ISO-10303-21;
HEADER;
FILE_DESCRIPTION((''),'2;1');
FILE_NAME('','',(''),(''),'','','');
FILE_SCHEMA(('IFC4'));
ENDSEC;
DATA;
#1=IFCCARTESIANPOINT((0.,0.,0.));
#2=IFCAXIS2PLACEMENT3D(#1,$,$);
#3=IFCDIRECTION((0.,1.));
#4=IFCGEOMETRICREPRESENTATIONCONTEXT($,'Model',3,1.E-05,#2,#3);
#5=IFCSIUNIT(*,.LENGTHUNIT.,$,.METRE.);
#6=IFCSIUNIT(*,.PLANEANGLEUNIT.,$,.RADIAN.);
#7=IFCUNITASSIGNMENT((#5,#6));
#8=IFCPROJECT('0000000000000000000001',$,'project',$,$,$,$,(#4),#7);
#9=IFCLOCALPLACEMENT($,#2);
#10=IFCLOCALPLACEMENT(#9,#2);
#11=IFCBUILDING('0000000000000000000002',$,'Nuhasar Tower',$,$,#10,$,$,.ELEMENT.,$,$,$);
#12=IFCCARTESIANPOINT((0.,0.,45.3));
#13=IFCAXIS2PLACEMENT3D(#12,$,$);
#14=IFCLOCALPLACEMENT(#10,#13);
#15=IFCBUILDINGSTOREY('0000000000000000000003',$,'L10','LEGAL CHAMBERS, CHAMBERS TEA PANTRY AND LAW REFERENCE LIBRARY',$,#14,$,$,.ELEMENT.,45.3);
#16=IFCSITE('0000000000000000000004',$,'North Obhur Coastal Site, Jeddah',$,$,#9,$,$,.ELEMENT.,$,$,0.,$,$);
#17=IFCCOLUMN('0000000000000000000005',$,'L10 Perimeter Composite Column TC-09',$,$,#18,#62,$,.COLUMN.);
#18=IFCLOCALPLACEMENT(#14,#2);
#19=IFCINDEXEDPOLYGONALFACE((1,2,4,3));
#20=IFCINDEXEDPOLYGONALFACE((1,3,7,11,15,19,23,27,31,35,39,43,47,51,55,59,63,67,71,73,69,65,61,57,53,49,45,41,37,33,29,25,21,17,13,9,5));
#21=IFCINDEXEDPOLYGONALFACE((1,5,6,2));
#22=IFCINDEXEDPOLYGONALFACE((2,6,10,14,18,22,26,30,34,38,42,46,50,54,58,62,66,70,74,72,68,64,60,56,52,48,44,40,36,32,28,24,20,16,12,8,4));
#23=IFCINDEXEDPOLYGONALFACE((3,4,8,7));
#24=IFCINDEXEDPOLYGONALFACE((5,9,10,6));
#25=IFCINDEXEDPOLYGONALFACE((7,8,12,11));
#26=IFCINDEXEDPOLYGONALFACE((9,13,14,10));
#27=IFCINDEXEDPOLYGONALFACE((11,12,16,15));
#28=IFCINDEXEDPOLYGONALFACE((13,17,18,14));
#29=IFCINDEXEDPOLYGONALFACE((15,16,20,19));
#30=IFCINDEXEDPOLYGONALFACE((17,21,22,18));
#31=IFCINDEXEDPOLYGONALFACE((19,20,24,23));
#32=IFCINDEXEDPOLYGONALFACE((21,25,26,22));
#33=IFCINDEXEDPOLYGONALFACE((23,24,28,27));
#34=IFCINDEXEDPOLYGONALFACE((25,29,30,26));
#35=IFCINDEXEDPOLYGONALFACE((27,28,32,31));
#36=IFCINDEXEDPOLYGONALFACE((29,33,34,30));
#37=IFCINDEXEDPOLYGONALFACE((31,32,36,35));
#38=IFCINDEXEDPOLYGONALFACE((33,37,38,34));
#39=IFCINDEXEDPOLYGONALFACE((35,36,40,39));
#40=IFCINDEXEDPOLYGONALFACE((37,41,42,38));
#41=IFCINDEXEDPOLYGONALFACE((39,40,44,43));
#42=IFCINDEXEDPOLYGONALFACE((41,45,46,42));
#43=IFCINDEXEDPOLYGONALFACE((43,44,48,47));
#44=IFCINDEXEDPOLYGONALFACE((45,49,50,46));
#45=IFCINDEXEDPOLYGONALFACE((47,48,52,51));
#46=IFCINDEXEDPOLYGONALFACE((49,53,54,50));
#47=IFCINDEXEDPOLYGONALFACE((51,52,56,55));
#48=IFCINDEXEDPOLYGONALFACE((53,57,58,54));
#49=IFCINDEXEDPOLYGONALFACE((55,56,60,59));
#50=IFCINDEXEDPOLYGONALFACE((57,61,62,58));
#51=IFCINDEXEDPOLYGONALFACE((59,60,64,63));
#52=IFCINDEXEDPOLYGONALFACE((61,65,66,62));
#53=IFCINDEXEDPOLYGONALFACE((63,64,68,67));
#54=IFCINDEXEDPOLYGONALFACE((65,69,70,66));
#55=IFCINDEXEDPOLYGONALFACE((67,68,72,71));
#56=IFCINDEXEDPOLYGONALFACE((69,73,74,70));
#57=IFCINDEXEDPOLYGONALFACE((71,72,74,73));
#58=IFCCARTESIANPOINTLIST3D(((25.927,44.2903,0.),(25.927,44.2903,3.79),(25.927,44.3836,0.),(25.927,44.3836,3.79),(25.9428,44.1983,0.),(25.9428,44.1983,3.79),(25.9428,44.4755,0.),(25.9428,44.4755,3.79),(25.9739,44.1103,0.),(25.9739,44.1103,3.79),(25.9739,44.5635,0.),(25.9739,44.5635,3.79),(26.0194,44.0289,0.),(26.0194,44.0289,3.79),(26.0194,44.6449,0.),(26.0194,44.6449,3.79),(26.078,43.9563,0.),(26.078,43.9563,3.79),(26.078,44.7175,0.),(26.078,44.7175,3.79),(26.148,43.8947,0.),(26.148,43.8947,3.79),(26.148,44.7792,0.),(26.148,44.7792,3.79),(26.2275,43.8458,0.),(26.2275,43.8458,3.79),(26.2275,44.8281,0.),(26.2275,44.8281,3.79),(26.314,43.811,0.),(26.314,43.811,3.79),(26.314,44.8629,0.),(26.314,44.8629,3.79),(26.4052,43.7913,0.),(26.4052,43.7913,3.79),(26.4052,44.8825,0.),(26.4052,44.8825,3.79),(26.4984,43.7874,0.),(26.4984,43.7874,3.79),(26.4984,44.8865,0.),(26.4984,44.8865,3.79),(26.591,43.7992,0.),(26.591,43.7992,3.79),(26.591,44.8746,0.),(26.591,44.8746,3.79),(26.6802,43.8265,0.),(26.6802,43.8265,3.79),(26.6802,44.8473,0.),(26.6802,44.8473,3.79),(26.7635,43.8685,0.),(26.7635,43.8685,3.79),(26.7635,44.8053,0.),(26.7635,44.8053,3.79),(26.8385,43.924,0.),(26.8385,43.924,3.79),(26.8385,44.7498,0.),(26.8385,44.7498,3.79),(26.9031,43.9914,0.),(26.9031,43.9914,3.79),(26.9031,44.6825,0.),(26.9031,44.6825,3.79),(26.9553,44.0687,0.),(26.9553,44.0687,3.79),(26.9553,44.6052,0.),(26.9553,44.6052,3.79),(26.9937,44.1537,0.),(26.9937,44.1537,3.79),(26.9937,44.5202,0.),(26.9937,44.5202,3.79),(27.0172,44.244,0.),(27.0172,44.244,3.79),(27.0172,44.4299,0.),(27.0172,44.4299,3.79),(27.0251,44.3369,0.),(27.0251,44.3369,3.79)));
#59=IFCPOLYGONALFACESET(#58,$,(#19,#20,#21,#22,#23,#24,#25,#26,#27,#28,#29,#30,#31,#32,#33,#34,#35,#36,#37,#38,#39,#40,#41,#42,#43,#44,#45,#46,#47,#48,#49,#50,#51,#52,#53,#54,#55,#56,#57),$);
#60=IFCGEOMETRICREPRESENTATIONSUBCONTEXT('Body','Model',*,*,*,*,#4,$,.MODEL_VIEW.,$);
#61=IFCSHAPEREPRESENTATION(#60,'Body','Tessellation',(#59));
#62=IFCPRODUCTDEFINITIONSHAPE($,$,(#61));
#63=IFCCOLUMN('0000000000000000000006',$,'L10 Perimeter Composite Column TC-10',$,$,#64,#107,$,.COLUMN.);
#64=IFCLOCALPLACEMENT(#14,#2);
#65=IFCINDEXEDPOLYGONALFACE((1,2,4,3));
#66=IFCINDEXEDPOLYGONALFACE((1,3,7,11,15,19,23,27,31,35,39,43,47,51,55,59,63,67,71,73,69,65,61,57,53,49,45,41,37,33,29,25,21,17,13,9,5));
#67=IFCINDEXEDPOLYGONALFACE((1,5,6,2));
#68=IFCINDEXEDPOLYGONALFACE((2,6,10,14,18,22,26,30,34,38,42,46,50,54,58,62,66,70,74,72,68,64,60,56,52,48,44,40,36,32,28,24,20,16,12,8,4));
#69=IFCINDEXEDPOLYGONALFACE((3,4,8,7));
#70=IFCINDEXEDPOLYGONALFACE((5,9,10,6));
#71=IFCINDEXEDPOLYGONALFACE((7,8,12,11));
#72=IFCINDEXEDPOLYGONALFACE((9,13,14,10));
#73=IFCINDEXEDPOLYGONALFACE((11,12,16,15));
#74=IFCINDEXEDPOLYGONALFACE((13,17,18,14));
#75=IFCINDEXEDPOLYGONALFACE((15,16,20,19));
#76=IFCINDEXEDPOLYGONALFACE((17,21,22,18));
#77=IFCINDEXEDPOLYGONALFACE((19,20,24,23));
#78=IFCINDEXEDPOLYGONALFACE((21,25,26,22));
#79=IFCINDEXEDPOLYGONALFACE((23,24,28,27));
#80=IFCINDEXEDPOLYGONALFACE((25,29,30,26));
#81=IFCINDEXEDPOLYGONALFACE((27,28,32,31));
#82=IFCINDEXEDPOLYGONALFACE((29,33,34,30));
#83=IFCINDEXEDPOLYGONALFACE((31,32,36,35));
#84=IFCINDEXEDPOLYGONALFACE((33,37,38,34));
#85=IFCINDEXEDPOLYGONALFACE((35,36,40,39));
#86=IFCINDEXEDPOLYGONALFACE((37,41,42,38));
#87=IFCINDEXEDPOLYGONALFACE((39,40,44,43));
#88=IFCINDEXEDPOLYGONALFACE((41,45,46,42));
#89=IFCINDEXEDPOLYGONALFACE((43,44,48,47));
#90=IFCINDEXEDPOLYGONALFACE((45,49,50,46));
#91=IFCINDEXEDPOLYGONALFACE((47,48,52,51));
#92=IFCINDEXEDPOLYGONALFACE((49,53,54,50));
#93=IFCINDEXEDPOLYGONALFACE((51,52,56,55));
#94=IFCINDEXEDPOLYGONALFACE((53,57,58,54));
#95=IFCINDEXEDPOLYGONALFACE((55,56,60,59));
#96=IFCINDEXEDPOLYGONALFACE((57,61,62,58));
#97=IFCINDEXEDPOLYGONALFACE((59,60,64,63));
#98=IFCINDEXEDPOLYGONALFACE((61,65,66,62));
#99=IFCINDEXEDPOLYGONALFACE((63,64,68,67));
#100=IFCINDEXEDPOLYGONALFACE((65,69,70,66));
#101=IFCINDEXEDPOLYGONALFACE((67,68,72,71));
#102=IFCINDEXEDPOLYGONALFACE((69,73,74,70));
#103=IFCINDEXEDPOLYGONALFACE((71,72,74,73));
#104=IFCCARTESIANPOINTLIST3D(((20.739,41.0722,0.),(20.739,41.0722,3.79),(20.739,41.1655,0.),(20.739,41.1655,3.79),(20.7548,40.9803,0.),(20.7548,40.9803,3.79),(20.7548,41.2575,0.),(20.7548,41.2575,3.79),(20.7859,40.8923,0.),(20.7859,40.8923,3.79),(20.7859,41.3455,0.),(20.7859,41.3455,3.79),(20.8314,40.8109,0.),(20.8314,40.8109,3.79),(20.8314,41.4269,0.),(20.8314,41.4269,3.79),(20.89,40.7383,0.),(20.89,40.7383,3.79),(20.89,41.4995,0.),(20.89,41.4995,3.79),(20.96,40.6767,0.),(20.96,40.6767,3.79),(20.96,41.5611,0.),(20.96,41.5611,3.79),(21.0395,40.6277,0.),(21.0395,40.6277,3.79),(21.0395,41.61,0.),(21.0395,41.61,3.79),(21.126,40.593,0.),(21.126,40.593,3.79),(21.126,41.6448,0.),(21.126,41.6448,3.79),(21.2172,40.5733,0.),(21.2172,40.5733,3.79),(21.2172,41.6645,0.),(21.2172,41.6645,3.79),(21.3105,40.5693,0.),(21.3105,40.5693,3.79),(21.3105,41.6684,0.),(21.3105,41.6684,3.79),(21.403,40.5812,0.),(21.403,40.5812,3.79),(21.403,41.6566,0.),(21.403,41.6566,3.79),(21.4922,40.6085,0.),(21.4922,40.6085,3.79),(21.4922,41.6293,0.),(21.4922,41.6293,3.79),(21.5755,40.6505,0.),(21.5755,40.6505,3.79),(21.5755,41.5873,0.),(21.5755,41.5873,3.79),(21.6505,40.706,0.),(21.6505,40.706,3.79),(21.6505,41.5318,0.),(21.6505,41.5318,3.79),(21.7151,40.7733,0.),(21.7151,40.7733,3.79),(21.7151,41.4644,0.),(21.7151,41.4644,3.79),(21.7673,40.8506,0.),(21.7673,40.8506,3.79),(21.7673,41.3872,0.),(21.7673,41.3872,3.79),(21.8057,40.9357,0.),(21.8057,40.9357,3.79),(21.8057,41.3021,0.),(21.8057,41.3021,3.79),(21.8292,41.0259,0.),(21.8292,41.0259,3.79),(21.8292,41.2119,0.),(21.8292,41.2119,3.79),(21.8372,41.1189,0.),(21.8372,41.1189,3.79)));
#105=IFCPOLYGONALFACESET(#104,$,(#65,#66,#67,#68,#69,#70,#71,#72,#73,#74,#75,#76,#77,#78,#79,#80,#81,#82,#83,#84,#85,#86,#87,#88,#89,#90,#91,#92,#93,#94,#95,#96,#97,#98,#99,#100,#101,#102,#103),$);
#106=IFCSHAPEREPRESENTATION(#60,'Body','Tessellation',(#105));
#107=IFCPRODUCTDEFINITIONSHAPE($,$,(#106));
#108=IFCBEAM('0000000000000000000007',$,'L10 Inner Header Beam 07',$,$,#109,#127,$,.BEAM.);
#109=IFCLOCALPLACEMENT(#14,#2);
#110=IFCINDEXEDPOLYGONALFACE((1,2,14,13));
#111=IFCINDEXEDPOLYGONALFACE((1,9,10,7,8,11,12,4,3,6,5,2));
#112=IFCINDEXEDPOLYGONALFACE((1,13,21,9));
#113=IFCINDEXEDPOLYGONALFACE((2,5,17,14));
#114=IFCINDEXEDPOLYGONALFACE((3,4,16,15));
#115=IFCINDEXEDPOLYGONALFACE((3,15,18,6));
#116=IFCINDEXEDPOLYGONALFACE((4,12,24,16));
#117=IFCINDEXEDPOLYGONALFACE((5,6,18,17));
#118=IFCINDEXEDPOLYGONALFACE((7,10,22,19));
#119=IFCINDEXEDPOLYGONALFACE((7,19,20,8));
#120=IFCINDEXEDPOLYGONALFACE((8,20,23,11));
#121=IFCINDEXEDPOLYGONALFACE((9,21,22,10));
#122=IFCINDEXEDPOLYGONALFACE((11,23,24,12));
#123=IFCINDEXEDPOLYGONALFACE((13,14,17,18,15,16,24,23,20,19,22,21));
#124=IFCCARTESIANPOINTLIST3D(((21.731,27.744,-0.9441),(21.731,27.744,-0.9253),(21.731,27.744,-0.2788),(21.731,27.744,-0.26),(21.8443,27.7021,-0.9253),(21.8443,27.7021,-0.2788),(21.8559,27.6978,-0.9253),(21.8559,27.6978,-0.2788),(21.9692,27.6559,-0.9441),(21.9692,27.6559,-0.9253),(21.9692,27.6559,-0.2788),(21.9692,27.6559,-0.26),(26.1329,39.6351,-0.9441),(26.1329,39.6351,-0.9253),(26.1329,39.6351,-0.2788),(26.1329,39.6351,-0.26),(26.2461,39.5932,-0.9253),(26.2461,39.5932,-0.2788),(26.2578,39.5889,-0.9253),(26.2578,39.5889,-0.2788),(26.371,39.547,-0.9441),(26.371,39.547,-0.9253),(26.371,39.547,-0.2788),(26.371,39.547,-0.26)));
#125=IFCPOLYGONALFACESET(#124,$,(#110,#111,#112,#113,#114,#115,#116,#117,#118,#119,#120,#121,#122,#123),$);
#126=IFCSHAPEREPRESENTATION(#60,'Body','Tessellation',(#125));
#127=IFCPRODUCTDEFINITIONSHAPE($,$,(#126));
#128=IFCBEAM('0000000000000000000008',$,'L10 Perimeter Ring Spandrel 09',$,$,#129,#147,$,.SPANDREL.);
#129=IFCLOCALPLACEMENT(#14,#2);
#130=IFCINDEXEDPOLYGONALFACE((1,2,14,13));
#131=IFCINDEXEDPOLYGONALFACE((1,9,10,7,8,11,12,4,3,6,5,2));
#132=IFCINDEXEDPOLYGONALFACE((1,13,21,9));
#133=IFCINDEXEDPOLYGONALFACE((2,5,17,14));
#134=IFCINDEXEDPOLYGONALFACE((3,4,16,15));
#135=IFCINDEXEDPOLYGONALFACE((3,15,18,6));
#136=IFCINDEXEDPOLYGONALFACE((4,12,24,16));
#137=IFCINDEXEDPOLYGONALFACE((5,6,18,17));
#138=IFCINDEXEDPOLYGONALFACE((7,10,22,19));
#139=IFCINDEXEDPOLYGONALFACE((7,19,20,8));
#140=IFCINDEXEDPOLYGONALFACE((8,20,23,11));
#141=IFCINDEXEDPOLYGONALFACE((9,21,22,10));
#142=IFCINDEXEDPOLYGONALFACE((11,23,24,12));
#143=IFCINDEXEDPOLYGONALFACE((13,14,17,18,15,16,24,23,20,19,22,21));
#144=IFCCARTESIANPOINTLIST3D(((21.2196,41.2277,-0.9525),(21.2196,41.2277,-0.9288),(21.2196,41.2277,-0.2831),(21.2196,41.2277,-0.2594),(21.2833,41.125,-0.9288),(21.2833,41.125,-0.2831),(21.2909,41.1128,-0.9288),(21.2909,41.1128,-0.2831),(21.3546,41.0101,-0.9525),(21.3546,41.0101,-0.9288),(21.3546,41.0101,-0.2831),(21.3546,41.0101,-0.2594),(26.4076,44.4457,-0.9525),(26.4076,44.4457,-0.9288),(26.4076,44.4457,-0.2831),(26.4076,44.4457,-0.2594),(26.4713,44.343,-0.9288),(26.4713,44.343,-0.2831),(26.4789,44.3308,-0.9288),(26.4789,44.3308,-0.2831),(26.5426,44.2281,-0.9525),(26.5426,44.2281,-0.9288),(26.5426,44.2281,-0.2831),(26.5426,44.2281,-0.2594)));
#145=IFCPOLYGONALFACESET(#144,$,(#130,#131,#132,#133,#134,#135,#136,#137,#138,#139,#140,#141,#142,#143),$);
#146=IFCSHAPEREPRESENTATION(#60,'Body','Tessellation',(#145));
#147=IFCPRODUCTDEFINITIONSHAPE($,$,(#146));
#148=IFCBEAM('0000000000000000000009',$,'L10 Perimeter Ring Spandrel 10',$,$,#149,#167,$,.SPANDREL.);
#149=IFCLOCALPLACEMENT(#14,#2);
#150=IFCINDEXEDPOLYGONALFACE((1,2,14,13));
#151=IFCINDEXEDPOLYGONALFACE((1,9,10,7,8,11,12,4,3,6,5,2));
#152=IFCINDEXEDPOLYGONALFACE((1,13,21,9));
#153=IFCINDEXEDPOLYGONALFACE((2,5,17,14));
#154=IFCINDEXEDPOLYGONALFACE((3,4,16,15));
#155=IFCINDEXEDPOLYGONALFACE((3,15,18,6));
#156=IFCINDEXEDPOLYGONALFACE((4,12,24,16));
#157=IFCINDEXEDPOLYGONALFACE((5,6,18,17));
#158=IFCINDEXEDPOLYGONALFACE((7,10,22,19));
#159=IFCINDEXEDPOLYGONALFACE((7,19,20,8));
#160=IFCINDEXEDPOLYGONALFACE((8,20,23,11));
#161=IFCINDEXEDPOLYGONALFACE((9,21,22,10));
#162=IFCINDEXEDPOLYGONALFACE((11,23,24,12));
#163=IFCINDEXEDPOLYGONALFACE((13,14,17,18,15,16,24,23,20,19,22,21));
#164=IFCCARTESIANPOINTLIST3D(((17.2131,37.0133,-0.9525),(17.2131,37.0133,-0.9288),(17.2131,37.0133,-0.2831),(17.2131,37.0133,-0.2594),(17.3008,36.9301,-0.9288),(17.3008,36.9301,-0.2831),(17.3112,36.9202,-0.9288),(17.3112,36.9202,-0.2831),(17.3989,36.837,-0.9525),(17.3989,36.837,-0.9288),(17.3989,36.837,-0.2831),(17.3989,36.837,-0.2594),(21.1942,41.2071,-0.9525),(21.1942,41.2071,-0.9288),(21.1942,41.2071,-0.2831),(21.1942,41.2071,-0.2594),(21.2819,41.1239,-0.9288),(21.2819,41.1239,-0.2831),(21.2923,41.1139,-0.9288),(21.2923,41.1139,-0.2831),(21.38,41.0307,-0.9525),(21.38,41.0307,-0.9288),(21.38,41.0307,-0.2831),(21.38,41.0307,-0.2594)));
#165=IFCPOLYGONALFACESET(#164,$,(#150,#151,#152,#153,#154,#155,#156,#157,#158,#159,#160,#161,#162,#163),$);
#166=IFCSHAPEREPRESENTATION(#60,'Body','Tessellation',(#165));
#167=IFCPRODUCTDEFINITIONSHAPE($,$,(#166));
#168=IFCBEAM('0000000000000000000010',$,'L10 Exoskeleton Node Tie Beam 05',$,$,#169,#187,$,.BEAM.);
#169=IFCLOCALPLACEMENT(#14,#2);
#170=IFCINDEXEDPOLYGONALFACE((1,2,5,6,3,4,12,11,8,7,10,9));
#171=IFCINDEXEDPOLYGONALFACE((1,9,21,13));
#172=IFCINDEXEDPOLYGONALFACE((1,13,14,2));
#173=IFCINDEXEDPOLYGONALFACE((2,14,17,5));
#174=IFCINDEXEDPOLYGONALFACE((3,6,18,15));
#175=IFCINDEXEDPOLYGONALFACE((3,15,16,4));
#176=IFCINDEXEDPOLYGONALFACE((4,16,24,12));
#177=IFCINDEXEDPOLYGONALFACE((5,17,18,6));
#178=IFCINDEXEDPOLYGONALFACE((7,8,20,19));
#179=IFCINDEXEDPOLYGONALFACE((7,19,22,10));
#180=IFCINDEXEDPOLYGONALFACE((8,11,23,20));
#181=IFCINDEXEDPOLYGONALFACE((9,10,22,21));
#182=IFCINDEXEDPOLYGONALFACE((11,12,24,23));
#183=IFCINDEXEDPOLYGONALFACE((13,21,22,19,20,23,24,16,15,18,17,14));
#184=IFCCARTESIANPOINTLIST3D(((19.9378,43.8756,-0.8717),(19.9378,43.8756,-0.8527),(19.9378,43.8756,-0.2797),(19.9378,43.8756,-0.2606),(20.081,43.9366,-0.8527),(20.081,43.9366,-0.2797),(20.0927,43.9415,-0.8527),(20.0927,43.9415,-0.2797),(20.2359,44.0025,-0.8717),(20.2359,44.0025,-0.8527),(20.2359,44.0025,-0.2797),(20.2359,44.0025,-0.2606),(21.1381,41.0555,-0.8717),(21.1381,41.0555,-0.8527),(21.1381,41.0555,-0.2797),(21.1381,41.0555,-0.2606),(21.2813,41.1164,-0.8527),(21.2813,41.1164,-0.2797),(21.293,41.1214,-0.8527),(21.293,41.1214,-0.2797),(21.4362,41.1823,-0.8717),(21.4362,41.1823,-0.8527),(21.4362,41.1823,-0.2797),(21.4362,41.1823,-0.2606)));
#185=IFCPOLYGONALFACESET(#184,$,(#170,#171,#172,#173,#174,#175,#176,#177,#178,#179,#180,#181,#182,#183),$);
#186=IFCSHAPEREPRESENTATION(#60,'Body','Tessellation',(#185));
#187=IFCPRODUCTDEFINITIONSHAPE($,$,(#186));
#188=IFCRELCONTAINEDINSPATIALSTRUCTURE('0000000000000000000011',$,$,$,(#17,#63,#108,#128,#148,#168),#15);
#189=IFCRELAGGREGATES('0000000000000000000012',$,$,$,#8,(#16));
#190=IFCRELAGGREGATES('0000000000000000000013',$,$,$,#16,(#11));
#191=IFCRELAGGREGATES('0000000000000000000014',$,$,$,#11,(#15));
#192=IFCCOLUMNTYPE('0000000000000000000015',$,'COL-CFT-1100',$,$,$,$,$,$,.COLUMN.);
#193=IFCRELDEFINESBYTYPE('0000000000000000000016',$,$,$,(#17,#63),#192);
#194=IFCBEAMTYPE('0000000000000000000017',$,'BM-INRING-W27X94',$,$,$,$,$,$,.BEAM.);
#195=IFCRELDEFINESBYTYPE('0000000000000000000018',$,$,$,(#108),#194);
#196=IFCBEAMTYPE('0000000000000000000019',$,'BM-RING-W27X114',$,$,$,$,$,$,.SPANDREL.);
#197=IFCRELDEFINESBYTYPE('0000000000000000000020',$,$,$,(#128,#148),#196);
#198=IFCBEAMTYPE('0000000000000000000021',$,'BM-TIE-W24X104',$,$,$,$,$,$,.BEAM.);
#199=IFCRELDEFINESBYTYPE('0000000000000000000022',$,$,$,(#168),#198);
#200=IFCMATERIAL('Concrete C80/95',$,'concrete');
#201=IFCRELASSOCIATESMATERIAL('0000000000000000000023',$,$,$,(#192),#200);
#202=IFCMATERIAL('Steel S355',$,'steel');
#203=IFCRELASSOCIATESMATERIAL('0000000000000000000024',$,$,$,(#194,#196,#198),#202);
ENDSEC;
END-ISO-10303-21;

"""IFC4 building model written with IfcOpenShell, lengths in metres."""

from ifc_helpers import new_model, si_unit, direction, frame, origin, origin_2d, place, context, subcontext, project, spatial, circle, i_section, extrude, material, material_profile, profile_set, type_object, element, save


model = new_model("IFC4")

# Units and contexts
model_context = context("Model", 3, precision=1e-05, world=origin(), true_north=direction((0.0, 1.0)))
body_context = subcontext(model_context, "Body", "Model", "MODEL_VIEW")
ifc_project = project(units=[si_unit("LENGTHUNIT", "METRE"), si_unit("PLANEANGLEUNIT", "RADIAN")], contexts=[model_context])

# Site, building, storey
site_placement = place(None, origin())
site = spatial("IfcSite", under=ifc_project, at=site_placement, Name="North Obhur Coastal Site, Jeddah", CompositionType="ELEMENT", RefElevation=0.0)
building_placement = place(site_placement, origin())
building = spatial("IfcBuilding", under=site, at=building_placement, Name="Nuhasar Tower", CompositionType="ELEMENT")
storey_placement = place(building_placement, frame((0.0, 0.0, 45.3)))
storey = spatial("IfcBuildingStorey", under=building, at=storey_placement, Name="L10", Description="LEGAL CHAMBERS, CHAMBERS TEA PANTRY AND LAW REFERENCE LIBRARY", CompositionType="ELEMENT", Elevation=45.3)

# Columns
ifc_material_1 = material(Name="Concrete C80/95", Category="concrete")
ifc_material_profile_1 = material_profile(ifc_material_1, circle(Radius=0.55, at=origin_2d()), Name="CFT1100")
ifc_profile_set_1 = profile_set([ifc_material_profile_1], Name="Concrete C80/95")
column_type = type_object("IfcColumnType", Name="COL-CFT-1100", PredefinedType="COLUMN", material=ifc_profile_set_1)
for number, where, z_axis, x_axis, name in (
    (1, (26.4751, 44.3369, 0.0), (0.0, 0.0, 1.0), (1.0, 0.0, 0.0), "L10 Perimeter Composite Column TC-09"),
    (2, (21.2871, 41.1189, 0.0), (0.0, 0.0, 1.0), (1.0, 0.0, 0.0), "L10 Perimeter Composite Column TC-10"),
):
    element("IfcColumn", number, at=place(storey_placement, frame(where, z_axis=z_axis, x_axis=x_axis)), inside=storey, type_object=column_type, Name=name, PredefinedType="COLUMN", context=body_context, shape_type="SweptSolid", body=[
        extrude(circle(Radius=0.55, at=origin_2d()), origin(), (0.0, 0.0, 1.0), 3.79),
    ])

# Beams
ifc_material_2 = material(Name="Steel S355", Category="steel")
ifc_material_profile_2 = material_profile(ifc_material_2, i_section(OverallWidth=0.2539, OverallDepth=0.6841, WebThickness=0.0125, FlangeThickness=0.0188, at=origin_2d()), Name="W27X94")
ifc_profile_set_2 = profile_set([ifc_material_profile_2], Name="Steel S355")
beam_type_1 = type_object("IfcBeamType", Name="BM-INRING-W27X94", PredefinedType="BEAM", material=ifc_profile_set_2)
beam_1_placement = place(storey_placement, frame((26.252, 39.5911, -0.6021), z_axis=(-0.347158, -0.937807, 0.0), x_axis=(0.937807, -0.347158, 0.0)))
element("IfcBeam", 3, at=beam_1_placement, inside=storey, type_object=beam_type_1, Name="L10 Inner Header Beam 07", PredefinedType="BEAM", context=body_context, shape_type="SweptSolid", body=[
    extrude(i_section(OverallWidth=0.2539, OverallDepth=0.6841, WebThickness=0.0125, FlangeThickness=0.0188, at=origin_2d()), origin(), (0.0, 0.0, 1.0), 12.6797),
])
ifc_material_profile_3 = material_profile(ifc_material_2, i_section(OverallWidth=0.2561, OverallDepth=0.6931, WebThickness=0.0144, FlangeThickness=0.0237, at=origin_2d()), Name="W27X114")
ifc_profile_set_3 = profile_set([ifc_material_profile_3], Name="Steel S355")
beam_type_2 = type_object("IfcBeamType", Name="BM-RING-W27X114", PredefinedType="SPANDREL", material=ifc_profile_set_3)
beam_2_placement = place(storey_placement, frame((26.4751, 44.3369, -0.606), z_axis=(-0.849795, -0.527113, 0.0), x_axis=(0.527113, -0.849795, 0.0)))
element("IfcBeam", 4, at=beam_2_placement, inside=storey, type_object=beam_type_2, Name="L10 Perimeter Ring Spandrel 09", PredefinedType="SPANDREL", context=body_context, shape_type="SweptSolid", body=[
    extrude(i_section(OverallWidth=0.2561, OverallDepth=0.6931, WebThickness=0.0144, FlangeThickness=0.0237, at=origin_2d()), origin(), (0.0, 0.0, 1.0), 6.105),
])
beam_3_placement = place(storey_placement, frame((21.2871, 41.1189, -0.606), z_axis=(-0.688481, -0.725254, 0.0), x_axis=(0.725254, -0.688481, 0.0)))
element("IfcBeam", 5, at=beam_3_placement, inside=storey, type_object=beam_type_2, Name="L10 Perimeter Ring Spandrel 10", PredefinedType="SPANDREL", context=body_context, shape_type="SweptSolid", body=[
    extrude(i_section(OverallWidth=0.2561, OverallDepth=0.6931, WebThickness=0.0144, FlangeThickness=0.0237, at=origin_2d()), origin(), (0.0, 0.0, 1.0), 5.7825),
])
ifc_material_profile_4 = material_profile(ifc_material_2, i_section(OverallWidth=0.324, OverallDepth=0.6111, WebThickness=0.0127, FlangeThickness=0.019, at=origin_2d()), Name="W24X104")
ifc_profile_set_4 = profile_set([ifc_material_profile_4], Name="Steel S355")
beam_type_3 = type_object("IfcBeamType", Name="BM-TIE-W24X104", PredefinedType="BEAM", material=ifc_profile_set_4)
beam_4_placement = place(storey_placement, frame((21.2871, 41.1189, -0.5662), z_axis=(-0.391601, 0.920135, 0.0), x_axis=(-0.920135, -0.391601, 0.0)))
element("IfcBeam", 6, at=beam_4_placement, inside=storey, type_object=beam_type_3, Name="L10 Exoskeleton Node Tie Beam 05", PredefinedType="BEAM", context=body_context, shape_type="SweptSolid", body=[
    extrude(i_section(OverallWidth=0.324, OverallDepth=0.6111, WebThickness=0.0127, FlangeThickness=0.019, at=origin_2d()), origin(), (0.0, 0.0, 1.0), 3.0649),
])

save(model, "model.ifc")
